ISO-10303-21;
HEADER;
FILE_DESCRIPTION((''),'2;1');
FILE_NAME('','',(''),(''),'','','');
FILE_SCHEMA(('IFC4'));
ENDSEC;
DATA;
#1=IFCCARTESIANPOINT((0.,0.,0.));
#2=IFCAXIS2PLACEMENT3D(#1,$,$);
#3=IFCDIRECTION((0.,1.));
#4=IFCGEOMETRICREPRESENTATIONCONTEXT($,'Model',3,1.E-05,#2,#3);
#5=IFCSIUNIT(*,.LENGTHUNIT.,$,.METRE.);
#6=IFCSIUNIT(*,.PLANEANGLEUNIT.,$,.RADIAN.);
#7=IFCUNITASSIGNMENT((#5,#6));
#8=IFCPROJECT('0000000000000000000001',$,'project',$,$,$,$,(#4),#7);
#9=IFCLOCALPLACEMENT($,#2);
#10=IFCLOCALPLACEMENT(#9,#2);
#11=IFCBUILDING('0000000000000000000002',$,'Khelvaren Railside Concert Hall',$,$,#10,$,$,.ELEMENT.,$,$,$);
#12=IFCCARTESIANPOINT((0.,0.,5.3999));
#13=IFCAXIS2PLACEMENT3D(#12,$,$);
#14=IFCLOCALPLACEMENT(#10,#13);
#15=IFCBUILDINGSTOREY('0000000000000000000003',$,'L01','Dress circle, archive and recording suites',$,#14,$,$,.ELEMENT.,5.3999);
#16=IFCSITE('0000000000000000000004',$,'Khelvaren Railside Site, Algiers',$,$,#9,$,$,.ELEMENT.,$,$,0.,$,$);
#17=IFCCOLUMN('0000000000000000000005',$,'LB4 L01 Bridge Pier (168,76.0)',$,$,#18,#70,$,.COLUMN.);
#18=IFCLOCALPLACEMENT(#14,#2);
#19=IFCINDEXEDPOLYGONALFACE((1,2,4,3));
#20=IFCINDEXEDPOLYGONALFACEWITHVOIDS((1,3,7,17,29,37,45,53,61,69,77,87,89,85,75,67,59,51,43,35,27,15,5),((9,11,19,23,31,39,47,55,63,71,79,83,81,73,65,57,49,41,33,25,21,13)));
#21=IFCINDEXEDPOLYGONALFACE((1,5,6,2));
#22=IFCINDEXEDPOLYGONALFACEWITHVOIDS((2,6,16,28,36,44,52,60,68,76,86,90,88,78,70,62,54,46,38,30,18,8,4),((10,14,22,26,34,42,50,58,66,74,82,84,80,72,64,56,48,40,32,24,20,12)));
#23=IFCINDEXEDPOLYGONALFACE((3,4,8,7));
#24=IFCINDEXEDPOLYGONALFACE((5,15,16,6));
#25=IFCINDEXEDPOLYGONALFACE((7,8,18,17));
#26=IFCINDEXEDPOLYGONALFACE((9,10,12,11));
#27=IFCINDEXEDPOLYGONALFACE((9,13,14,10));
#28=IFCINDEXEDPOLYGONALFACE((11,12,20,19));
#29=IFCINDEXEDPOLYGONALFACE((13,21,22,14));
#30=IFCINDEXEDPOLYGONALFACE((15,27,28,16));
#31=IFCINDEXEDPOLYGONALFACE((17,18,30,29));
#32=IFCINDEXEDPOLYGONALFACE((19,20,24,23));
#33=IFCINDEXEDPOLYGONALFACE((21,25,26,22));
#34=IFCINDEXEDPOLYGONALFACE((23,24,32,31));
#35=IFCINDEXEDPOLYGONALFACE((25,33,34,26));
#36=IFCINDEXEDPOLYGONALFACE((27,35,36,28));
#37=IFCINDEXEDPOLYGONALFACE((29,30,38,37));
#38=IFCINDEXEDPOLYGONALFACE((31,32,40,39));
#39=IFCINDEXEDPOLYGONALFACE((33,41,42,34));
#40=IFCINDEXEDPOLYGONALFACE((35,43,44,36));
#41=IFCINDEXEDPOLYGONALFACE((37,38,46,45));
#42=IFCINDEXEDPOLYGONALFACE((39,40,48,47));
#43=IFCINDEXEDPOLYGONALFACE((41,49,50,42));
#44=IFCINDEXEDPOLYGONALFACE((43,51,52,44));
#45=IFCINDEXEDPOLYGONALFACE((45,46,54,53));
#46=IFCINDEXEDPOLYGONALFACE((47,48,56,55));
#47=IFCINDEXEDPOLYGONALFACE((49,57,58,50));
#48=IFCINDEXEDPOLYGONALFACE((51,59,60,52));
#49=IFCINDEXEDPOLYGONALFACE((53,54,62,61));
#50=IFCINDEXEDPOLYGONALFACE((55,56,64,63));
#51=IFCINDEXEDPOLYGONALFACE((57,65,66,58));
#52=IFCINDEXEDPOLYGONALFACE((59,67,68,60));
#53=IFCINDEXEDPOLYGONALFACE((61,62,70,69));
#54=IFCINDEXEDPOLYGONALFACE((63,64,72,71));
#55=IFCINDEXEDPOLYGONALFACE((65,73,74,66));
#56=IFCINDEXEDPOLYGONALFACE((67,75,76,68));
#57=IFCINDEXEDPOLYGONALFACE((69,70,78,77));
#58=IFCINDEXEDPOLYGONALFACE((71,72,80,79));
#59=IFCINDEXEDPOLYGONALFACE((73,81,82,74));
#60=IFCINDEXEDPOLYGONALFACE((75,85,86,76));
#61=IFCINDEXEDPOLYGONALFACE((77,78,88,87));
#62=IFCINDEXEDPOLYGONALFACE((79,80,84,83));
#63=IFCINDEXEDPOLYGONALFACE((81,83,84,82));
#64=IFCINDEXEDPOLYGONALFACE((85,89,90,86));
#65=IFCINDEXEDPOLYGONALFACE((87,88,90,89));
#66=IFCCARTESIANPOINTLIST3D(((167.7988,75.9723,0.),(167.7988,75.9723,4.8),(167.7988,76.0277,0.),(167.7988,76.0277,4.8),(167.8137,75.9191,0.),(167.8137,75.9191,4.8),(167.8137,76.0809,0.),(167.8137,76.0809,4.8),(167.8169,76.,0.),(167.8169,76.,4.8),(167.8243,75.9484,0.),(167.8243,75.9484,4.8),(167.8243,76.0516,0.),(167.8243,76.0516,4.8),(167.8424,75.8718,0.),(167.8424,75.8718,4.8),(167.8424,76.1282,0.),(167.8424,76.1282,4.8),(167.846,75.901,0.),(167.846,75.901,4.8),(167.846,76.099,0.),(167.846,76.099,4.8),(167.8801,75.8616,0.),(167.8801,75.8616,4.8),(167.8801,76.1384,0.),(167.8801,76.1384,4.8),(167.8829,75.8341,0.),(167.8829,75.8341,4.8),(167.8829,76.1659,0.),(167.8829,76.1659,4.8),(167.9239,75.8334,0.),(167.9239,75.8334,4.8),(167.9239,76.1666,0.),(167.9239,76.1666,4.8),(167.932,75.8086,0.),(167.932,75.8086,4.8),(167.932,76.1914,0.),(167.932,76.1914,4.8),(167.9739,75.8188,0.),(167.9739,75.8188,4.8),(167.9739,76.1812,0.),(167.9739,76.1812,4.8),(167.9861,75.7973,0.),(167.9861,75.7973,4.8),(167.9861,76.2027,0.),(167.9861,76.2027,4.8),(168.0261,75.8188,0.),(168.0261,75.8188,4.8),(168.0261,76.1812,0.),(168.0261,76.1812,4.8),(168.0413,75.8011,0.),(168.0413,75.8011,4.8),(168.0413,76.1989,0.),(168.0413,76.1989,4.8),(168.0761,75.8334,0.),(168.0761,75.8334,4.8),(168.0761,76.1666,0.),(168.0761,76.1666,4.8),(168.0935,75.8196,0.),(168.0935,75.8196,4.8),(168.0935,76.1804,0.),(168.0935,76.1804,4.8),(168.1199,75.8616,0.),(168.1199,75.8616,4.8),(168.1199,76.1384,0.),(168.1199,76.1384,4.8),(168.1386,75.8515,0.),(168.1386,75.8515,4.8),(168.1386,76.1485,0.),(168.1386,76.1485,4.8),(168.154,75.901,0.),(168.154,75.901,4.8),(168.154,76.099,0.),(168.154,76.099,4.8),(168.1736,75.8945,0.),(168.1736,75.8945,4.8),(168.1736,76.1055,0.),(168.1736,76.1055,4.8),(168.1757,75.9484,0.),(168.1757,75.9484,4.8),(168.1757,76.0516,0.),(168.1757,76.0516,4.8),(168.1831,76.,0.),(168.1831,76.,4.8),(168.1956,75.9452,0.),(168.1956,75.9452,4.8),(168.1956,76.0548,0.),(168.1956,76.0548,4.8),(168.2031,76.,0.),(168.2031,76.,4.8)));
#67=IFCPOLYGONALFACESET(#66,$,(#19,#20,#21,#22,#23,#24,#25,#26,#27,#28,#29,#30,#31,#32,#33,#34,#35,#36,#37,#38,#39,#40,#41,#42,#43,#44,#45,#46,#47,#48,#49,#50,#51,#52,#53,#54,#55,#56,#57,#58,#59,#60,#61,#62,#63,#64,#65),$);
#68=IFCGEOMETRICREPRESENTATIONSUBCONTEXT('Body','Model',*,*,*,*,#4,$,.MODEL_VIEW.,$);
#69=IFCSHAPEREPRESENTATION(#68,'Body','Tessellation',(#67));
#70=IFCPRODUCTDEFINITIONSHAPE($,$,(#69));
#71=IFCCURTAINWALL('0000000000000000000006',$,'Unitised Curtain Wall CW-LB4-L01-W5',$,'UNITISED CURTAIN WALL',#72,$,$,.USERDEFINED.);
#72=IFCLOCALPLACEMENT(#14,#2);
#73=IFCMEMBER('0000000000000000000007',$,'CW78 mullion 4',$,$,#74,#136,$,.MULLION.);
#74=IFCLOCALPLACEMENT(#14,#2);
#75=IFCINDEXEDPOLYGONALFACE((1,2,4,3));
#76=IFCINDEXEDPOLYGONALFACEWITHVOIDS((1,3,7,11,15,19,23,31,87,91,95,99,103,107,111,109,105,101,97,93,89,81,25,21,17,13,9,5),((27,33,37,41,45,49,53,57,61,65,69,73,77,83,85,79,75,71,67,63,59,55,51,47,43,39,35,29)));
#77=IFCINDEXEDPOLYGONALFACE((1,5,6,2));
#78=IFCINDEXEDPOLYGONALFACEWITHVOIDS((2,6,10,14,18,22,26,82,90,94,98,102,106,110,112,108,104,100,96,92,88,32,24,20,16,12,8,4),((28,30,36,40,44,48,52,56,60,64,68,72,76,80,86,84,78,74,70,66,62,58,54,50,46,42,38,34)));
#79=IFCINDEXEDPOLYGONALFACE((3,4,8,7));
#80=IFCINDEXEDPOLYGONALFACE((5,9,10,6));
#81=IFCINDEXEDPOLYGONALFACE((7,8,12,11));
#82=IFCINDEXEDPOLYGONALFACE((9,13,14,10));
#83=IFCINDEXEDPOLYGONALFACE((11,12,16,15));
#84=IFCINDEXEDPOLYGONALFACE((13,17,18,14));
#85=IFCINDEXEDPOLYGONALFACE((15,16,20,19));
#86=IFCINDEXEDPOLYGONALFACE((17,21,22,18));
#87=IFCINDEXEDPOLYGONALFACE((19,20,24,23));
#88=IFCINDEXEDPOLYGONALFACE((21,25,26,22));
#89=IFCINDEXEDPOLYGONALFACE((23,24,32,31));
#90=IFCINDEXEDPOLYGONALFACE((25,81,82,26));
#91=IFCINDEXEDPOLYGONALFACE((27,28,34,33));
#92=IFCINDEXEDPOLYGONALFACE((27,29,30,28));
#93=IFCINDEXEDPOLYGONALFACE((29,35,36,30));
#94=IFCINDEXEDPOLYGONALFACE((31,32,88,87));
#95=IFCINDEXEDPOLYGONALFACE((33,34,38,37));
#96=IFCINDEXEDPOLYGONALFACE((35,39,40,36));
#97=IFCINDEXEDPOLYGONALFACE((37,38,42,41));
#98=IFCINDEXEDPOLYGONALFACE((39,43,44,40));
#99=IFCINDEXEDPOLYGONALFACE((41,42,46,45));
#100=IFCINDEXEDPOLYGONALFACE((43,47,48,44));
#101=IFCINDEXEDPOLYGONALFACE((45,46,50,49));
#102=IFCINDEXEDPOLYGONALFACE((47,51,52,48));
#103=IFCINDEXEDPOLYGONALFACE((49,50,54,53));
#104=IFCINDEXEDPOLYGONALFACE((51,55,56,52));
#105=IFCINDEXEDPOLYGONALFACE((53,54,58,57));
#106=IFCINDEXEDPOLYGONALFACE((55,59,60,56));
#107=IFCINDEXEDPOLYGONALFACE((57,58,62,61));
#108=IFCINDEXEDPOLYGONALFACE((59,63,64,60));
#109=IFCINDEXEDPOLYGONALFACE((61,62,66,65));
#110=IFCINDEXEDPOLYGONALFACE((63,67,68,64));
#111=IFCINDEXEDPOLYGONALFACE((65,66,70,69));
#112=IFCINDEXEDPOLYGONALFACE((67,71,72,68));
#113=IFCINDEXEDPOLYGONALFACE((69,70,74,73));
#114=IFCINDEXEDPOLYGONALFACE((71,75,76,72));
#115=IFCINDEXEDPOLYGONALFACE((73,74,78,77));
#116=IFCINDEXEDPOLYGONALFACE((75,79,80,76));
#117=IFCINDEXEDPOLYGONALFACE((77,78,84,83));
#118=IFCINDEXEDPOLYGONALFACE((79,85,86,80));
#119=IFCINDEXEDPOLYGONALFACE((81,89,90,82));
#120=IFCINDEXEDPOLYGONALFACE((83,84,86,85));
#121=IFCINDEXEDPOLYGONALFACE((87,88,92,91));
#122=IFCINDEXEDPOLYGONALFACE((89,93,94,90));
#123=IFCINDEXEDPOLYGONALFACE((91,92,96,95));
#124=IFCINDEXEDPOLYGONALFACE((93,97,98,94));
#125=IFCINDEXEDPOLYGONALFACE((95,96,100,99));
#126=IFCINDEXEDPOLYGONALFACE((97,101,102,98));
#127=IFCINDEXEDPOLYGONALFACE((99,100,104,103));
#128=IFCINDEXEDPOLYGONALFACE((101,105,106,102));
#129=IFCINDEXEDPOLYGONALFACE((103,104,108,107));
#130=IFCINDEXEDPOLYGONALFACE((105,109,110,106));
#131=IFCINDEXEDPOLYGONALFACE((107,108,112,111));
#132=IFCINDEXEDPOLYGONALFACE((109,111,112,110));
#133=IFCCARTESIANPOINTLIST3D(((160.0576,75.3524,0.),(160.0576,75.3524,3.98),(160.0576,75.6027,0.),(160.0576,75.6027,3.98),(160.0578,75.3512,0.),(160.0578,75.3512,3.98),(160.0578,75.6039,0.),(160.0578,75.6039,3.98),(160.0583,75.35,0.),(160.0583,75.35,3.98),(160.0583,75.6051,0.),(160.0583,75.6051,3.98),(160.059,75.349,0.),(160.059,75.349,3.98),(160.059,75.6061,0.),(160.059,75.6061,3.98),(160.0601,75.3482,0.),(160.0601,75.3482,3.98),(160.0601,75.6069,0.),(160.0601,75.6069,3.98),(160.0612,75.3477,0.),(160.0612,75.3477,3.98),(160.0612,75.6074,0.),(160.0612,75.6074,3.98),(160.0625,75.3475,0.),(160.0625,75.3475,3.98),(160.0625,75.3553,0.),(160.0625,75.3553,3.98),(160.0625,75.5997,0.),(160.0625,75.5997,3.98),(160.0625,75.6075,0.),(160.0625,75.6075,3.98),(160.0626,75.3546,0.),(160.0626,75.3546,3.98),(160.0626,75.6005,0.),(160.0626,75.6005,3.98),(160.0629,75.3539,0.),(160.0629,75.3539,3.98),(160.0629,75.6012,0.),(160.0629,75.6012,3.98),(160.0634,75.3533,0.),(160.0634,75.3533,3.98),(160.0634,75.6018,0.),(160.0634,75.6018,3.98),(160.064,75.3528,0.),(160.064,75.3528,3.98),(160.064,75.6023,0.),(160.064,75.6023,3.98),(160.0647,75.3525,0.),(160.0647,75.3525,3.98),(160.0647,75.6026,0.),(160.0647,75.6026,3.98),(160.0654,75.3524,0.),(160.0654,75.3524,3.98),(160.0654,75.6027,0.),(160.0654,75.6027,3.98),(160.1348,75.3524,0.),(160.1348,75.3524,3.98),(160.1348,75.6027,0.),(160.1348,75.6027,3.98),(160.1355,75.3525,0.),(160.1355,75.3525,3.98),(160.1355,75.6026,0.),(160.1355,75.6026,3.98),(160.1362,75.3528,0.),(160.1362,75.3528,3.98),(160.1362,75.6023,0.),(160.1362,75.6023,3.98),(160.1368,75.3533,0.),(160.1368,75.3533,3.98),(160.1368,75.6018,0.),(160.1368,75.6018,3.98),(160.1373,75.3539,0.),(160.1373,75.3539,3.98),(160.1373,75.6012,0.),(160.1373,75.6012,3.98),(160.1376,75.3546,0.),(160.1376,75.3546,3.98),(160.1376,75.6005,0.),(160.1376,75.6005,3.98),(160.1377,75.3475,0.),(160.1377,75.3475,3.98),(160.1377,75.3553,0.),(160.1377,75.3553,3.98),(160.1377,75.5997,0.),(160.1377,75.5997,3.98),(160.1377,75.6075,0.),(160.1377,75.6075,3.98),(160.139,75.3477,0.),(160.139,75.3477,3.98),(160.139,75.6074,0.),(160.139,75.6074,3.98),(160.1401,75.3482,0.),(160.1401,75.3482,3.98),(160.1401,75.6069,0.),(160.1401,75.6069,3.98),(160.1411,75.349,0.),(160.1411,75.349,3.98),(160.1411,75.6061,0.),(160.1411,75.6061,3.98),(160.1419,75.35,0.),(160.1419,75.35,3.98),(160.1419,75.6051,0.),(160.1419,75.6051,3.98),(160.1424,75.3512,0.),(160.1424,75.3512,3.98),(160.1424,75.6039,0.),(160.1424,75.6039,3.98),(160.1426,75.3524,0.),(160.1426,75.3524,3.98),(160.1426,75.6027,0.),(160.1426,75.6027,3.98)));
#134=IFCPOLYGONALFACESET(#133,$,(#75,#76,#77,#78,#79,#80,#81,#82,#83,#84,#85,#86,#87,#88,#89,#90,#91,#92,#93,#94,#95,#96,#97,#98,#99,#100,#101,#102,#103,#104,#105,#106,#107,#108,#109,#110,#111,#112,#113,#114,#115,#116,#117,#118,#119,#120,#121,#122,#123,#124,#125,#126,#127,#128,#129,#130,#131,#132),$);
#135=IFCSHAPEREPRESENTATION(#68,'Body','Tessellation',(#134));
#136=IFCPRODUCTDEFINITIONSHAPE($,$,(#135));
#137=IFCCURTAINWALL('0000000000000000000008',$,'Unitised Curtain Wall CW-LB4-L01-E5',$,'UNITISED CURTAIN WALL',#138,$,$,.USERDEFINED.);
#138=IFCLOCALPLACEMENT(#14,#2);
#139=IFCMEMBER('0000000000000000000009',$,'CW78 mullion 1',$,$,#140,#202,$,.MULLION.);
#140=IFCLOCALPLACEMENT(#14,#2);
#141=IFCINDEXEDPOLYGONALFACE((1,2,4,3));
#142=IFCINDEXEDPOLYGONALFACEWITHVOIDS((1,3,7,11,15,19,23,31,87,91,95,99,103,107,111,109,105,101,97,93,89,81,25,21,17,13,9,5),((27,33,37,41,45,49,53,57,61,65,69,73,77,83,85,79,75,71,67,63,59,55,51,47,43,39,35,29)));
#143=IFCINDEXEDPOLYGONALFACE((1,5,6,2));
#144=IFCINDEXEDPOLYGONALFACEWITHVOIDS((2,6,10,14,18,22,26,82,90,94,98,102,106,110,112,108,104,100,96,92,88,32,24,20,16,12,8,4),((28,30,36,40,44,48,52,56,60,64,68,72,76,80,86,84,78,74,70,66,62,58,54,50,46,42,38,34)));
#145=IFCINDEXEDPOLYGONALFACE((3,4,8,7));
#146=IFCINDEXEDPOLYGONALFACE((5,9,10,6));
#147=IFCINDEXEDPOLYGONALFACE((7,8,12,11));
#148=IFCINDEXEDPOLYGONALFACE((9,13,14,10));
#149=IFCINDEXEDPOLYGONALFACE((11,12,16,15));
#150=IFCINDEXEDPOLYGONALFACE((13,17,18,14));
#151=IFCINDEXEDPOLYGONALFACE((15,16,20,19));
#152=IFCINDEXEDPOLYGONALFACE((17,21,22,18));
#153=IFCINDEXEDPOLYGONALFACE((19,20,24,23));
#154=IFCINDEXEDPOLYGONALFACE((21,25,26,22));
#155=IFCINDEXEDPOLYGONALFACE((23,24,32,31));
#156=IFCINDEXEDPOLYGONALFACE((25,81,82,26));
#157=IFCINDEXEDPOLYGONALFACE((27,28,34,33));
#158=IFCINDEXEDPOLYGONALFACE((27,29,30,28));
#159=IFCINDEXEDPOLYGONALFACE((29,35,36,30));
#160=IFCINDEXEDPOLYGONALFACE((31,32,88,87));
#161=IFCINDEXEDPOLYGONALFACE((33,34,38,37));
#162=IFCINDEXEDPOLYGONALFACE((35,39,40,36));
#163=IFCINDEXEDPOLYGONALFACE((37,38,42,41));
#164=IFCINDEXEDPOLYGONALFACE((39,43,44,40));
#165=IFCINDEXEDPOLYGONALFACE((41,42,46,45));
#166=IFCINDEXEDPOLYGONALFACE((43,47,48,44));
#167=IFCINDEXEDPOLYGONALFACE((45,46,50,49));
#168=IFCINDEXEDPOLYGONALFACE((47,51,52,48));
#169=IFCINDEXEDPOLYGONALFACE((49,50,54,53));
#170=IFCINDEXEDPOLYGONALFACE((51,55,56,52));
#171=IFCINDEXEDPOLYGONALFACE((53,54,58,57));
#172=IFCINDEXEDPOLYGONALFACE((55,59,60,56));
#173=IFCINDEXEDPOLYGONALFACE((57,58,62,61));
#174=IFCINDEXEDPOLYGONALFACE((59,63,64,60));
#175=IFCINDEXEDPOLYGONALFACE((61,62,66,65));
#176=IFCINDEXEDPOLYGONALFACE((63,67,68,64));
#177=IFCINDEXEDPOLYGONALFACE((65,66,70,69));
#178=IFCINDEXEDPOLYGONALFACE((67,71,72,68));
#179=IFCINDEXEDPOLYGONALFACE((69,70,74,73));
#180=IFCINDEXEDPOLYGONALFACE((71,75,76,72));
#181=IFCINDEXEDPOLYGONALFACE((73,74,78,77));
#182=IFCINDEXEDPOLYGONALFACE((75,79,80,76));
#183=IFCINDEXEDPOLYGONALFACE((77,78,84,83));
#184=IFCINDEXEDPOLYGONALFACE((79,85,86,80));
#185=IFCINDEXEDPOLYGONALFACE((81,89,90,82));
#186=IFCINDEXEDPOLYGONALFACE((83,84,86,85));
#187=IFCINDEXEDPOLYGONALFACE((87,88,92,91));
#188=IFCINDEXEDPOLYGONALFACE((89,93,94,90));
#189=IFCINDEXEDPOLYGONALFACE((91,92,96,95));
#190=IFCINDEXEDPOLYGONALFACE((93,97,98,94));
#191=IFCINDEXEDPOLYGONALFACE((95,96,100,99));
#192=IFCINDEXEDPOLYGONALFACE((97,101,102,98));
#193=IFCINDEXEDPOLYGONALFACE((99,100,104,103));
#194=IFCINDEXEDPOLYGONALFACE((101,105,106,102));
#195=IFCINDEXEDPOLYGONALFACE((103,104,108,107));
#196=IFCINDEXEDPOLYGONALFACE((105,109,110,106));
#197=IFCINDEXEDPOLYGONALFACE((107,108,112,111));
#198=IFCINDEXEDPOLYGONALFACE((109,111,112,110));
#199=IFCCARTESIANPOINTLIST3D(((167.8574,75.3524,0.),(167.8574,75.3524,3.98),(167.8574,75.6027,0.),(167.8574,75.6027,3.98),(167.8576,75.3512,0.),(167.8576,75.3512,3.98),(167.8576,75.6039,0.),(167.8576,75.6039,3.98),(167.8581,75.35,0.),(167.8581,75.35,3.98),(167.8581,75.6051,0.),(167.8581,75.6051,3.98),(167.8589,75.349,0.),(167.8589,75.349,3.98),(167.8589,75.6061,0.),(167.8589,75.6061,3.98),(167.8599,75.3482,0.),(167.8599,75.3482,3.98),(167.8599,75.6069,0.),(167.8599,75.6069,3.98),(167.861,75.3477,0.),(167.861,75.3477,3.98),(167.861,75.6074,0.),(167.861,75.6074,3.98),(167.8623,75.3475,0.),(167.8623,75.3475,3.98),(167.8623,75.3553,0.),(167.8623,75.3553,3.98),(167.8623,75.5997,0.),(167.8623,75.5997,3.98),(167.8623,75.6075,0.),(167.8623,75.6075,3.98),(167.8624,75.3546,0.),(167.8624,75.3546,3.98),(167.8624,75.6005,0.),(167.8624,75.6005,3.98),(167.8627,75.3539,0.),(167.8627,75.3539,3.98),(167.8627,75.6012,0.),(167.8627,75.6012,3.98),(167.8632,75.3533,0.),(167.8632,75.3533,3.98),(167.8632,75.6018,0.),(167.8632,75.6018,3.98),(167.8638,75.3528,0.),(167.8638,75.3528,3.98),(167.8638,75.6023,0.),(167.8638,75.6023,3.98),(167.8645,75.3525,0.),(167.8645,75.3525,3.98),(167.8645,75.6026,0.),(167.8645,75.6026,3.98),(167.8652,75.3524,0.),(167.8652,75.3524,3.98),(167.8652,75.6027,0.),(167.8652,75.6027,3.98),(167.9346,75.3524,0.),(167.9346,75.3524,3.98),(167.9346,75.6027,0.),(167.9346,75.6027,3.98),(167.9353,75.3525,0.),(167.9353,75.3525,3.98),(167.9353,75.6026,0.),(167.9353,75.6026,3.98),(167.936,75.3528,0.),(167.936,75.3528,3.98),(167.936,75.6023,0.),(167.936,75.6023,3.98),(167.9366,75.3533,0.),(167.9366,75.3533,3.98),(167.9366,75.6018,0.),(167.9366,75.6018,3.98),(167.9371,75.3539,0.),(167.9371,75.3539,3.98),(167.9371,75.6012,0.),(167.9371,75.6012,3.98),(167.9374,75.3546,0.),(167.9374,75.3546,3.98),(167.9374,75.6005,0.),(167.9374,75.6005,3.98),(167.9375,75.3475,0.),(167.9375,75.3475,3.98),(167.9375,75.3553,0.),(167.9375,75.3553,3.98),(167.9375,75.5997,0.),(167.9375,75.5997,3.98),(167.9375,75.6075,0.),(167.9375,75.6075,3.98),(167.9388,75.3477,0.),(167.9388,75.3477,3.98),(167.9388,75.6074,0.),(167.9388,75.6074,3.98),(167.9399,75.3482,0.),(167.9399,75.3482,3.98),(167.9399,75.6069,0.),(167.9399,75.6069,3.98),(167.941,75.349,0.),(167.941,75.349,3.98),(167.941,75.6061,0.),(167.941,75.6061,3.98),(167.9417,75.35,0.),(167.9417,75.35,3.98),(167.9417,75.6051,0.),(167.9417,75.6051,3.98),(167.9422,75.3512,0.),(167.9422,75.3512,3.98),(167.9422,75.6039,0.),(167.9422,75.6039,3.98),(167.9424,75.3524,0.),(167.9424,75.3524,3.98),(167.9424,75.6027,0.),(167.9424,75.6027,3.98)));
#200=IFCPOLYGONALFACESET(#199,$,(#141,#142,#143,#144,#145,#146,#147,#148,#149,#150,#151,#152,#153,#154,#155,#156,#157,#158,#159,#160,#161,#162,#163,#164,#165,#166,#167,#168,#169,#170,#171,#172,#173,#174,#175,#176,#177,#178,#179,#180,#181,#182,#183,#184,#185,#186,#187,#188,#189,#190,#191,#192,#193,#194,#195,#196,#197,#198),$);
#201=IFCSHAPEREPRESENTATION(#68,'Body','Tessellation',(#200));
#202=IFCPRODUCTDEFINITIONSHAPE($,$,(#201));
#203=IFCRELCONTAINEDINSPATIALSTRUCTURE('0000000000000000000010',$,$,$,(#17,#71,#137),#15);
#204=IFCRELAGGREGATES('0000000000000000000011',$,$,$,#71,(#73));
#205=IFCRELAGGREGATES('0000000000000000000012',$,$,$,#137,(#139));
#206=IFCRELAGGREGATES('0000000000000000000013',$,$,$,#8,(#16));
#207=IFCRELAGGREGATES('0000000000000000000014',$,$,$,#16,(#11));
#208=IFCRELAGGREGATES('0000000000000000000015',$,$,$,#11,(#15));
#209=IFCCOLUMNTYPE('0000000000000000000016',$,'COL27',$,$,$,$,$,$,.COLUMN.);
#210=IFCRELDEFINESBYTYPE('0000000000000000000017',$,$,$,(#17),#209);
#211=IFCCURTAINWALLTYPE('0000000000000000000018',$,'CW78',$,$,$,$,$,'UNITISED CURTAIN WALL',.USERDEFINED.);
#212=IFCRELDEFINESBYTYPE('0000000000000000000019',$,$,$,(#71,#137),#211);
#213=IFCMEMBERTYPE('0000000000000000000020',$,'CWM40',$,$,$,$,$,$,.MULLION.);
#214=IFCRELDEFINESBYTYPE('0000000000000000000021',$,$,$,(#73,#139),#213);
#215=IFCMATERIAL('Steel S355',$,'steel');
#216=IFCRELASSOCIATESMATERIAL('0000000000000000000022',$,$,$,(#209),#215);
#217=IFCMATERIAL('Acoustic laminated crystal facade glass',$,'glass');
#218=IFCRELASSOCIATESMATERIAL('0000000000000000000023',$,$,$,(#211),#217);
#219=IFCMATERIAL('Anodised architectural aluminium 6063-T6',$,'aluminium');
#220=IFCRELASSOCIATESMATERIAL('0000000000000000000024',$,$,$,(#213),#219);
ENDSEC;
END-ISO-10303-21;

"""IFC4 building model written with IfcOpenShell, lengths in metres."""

from ifc_helpers import new_model, si_unit, direction, frame, origin, origin_2d, place, context, subcontext, project, spatial, hollow_rectangle, hollow_circle, extrude, material, material_profile, profile_set, type_object, element, aggregate, save


model = new_model("IFC4")

# Units and contexts
model_context = context("Model", 3, precision=1e-05, world=origin(), true_north=direction((0.0, 1.0)))
body_context = subcontext(model_context, "Body", "Model", "MODEL_VIEW")
ifc_project = project(units=[si_unit("LENGTHUNIT", "METRE"), si_unit("PLANEANGLEUNIT", "RADIAN")], contexts=[model_context])

# Site, building, storey
site_placement = place(None, origin())
site = spatial("IfcSite", under=ifc_project, at=site_placement, Name="Khelvaren Railside Site, Algiers", CompositionType="ELEMENT", RefElevation=0.0)
building_placement = place(site_placement, origin())
building = spatial("IfcBuilding", under=site, at=building_placement, Name="Khelvaren Railside Concert Hall", CompositionType="ELEMENT")
storey_placement = place(building_placement, frame((0.0, 0.0, 5.3999)))
storey = spatial("IfcBuildingStorey", under=building, at=storey_placement, Name="L01", Description="Dress circle, archive and recording suites", CompositionType="ELEMENT", Elevation=5.3999)

# Column
ifc_material_1 = material(Name="Steel S355", Category="steel")
ifc_material_profile_1 = material_profile(ifc_material_1, hollow_circle(Radius=0.2031, WallThickness=0.02, at=origin_2d()), Name="CHS 406.4x20")
ifc_profile_set_1 = profile_set([ifc_material_profile_1], Name="Steel S355")
column_type = type_object("IfcColumnType", Name="COL27", PredefinedType="COLUMN", material=ifc_profile_set_1)
column_placement = place(storey_placement, frame((168.0, 76.0, 0.0), z_axis=(0.0, 0.0, 1.0), x_axis=(1.0, 0.0, 0.0)))
element("IfcColumn", 1, at=column_placement, inside=storey, type_object=column_type, Name="LB4 L01 Bridge Pier (168,76.0)", PredefinedType="COLUMN", context=body_context, shape_type="SweptSolid", body=[
    extrude(hollow_circle(Radius=0.2031, WallThickness=0.02, at=origin_2d()), origin(), (0.0, 0.0, 1.0), 4.8),
])

# Curtain wall, member
ifc_material_2 = material(Name="Acoustic laminated crystal facade glass", Category="glass")
curtain_wall_type = type_object("IfcCurtainWallType", Name="CW78", ElementType="UNITISED CURTAIN WALL", PredefinedType="USERDEFINED", material=ifc_material_2)
curtain_wall_1_placement = place(storey_placement, origin())
curtain_wall_1 = element("IfcCurtainWall", 2, at=curtain_wall_1_placement, inside=storey, type_object=curtain_wall_type, Name="Unitised Curtain Wall CW-LB4-L01-W5", ObjectType="UNITISED CURTAIN WALL", PredefinedType="USERDEFINED")
ifc_material_3 = material(Name="Anodised architectural aluminium 6063-T6", Category="aluminium")
ifc_material_profile_2 = material_profile(ifc_material_3, hollow_rectangle(XDim=0.085, YDim=0.26, WallThickness=0.0049, InnerFilletRadius=0.0029, OuterFilletRadius=0.0049, at=origin_2d()), Name="CWM 85x260x5")
ifc_profile_set_2 = profile_set([ifc_material_profile_2], Name="Anodised architectural aluminium 6063-T6")
member_type_1 = type_object("IfcMemberType", Name="CWM40", PredefinedType="MULLION", material=ifc_profile_set_2)
member_1_placement = place(storey_placement, frame((160.1001, 75.4775, 0.0), z_axis=(0.0, 0.0, 1.0), x_axis=(-1.0, 0.0, 0.0)))
member_1 = element("IfcMember", 3, at=member_1_placement, type_object=member_type_1, Name="CW78 mullion 4", PredefinedType="MULLION", context=body_context, shape_type="SweptSolid", body=[
    extrude(hollow_rectangle(XDim=0.085, YDim=0.26, WallThickness=0.0049, InnerFilletRadius=0.0029, OuterFilletRadius=0.0049, at=origin_2d()), origin(), (0.0, 0.0, 1.0), 3.98),
])
aggregate(curtain_wall_1, [member_1])

# Curtain wall, member
curtain_wall_2_placement = place(storey_placement, origin())
curtain_wall_2 = element("IfcCurtainWall", 4, at=curtain_wall_2_placement, inside=storey, type_object=curtain_wall_type, Name="Unitised Curtain Wall CW-LB4-L01-E5", ObjectType="UNITISED CURTAIN WALL", PredefinedType="USERDEFINED")
member_2_placement = place(storey_placement, frame((167.8999, 75.4775, 0.0), z_axis=(0.0, 0.0, 1.0), x_axis=(1.0, 0.0, 0.0)))
member_2 = element("IfcMember", 5, at=member_2_placement, type_object=member_type_1, Name="CW78 mullion 1", PredefinedType="MULLION", context=body_context, shape_type="SweptSolid", body=[
    extrude(hollow_rectangle(XDim=0.085, YDim=0.26, WallThickness=0.0049, InnerFilletRadius=0.0029, OuterFilletRadius=0.0049, at=origin_2d()), origin(), (0.0, 0.0, 1.0), 3.98),
])

aggregate(curtain_wall_2, [member_2])

save(model, "model.ifc")
